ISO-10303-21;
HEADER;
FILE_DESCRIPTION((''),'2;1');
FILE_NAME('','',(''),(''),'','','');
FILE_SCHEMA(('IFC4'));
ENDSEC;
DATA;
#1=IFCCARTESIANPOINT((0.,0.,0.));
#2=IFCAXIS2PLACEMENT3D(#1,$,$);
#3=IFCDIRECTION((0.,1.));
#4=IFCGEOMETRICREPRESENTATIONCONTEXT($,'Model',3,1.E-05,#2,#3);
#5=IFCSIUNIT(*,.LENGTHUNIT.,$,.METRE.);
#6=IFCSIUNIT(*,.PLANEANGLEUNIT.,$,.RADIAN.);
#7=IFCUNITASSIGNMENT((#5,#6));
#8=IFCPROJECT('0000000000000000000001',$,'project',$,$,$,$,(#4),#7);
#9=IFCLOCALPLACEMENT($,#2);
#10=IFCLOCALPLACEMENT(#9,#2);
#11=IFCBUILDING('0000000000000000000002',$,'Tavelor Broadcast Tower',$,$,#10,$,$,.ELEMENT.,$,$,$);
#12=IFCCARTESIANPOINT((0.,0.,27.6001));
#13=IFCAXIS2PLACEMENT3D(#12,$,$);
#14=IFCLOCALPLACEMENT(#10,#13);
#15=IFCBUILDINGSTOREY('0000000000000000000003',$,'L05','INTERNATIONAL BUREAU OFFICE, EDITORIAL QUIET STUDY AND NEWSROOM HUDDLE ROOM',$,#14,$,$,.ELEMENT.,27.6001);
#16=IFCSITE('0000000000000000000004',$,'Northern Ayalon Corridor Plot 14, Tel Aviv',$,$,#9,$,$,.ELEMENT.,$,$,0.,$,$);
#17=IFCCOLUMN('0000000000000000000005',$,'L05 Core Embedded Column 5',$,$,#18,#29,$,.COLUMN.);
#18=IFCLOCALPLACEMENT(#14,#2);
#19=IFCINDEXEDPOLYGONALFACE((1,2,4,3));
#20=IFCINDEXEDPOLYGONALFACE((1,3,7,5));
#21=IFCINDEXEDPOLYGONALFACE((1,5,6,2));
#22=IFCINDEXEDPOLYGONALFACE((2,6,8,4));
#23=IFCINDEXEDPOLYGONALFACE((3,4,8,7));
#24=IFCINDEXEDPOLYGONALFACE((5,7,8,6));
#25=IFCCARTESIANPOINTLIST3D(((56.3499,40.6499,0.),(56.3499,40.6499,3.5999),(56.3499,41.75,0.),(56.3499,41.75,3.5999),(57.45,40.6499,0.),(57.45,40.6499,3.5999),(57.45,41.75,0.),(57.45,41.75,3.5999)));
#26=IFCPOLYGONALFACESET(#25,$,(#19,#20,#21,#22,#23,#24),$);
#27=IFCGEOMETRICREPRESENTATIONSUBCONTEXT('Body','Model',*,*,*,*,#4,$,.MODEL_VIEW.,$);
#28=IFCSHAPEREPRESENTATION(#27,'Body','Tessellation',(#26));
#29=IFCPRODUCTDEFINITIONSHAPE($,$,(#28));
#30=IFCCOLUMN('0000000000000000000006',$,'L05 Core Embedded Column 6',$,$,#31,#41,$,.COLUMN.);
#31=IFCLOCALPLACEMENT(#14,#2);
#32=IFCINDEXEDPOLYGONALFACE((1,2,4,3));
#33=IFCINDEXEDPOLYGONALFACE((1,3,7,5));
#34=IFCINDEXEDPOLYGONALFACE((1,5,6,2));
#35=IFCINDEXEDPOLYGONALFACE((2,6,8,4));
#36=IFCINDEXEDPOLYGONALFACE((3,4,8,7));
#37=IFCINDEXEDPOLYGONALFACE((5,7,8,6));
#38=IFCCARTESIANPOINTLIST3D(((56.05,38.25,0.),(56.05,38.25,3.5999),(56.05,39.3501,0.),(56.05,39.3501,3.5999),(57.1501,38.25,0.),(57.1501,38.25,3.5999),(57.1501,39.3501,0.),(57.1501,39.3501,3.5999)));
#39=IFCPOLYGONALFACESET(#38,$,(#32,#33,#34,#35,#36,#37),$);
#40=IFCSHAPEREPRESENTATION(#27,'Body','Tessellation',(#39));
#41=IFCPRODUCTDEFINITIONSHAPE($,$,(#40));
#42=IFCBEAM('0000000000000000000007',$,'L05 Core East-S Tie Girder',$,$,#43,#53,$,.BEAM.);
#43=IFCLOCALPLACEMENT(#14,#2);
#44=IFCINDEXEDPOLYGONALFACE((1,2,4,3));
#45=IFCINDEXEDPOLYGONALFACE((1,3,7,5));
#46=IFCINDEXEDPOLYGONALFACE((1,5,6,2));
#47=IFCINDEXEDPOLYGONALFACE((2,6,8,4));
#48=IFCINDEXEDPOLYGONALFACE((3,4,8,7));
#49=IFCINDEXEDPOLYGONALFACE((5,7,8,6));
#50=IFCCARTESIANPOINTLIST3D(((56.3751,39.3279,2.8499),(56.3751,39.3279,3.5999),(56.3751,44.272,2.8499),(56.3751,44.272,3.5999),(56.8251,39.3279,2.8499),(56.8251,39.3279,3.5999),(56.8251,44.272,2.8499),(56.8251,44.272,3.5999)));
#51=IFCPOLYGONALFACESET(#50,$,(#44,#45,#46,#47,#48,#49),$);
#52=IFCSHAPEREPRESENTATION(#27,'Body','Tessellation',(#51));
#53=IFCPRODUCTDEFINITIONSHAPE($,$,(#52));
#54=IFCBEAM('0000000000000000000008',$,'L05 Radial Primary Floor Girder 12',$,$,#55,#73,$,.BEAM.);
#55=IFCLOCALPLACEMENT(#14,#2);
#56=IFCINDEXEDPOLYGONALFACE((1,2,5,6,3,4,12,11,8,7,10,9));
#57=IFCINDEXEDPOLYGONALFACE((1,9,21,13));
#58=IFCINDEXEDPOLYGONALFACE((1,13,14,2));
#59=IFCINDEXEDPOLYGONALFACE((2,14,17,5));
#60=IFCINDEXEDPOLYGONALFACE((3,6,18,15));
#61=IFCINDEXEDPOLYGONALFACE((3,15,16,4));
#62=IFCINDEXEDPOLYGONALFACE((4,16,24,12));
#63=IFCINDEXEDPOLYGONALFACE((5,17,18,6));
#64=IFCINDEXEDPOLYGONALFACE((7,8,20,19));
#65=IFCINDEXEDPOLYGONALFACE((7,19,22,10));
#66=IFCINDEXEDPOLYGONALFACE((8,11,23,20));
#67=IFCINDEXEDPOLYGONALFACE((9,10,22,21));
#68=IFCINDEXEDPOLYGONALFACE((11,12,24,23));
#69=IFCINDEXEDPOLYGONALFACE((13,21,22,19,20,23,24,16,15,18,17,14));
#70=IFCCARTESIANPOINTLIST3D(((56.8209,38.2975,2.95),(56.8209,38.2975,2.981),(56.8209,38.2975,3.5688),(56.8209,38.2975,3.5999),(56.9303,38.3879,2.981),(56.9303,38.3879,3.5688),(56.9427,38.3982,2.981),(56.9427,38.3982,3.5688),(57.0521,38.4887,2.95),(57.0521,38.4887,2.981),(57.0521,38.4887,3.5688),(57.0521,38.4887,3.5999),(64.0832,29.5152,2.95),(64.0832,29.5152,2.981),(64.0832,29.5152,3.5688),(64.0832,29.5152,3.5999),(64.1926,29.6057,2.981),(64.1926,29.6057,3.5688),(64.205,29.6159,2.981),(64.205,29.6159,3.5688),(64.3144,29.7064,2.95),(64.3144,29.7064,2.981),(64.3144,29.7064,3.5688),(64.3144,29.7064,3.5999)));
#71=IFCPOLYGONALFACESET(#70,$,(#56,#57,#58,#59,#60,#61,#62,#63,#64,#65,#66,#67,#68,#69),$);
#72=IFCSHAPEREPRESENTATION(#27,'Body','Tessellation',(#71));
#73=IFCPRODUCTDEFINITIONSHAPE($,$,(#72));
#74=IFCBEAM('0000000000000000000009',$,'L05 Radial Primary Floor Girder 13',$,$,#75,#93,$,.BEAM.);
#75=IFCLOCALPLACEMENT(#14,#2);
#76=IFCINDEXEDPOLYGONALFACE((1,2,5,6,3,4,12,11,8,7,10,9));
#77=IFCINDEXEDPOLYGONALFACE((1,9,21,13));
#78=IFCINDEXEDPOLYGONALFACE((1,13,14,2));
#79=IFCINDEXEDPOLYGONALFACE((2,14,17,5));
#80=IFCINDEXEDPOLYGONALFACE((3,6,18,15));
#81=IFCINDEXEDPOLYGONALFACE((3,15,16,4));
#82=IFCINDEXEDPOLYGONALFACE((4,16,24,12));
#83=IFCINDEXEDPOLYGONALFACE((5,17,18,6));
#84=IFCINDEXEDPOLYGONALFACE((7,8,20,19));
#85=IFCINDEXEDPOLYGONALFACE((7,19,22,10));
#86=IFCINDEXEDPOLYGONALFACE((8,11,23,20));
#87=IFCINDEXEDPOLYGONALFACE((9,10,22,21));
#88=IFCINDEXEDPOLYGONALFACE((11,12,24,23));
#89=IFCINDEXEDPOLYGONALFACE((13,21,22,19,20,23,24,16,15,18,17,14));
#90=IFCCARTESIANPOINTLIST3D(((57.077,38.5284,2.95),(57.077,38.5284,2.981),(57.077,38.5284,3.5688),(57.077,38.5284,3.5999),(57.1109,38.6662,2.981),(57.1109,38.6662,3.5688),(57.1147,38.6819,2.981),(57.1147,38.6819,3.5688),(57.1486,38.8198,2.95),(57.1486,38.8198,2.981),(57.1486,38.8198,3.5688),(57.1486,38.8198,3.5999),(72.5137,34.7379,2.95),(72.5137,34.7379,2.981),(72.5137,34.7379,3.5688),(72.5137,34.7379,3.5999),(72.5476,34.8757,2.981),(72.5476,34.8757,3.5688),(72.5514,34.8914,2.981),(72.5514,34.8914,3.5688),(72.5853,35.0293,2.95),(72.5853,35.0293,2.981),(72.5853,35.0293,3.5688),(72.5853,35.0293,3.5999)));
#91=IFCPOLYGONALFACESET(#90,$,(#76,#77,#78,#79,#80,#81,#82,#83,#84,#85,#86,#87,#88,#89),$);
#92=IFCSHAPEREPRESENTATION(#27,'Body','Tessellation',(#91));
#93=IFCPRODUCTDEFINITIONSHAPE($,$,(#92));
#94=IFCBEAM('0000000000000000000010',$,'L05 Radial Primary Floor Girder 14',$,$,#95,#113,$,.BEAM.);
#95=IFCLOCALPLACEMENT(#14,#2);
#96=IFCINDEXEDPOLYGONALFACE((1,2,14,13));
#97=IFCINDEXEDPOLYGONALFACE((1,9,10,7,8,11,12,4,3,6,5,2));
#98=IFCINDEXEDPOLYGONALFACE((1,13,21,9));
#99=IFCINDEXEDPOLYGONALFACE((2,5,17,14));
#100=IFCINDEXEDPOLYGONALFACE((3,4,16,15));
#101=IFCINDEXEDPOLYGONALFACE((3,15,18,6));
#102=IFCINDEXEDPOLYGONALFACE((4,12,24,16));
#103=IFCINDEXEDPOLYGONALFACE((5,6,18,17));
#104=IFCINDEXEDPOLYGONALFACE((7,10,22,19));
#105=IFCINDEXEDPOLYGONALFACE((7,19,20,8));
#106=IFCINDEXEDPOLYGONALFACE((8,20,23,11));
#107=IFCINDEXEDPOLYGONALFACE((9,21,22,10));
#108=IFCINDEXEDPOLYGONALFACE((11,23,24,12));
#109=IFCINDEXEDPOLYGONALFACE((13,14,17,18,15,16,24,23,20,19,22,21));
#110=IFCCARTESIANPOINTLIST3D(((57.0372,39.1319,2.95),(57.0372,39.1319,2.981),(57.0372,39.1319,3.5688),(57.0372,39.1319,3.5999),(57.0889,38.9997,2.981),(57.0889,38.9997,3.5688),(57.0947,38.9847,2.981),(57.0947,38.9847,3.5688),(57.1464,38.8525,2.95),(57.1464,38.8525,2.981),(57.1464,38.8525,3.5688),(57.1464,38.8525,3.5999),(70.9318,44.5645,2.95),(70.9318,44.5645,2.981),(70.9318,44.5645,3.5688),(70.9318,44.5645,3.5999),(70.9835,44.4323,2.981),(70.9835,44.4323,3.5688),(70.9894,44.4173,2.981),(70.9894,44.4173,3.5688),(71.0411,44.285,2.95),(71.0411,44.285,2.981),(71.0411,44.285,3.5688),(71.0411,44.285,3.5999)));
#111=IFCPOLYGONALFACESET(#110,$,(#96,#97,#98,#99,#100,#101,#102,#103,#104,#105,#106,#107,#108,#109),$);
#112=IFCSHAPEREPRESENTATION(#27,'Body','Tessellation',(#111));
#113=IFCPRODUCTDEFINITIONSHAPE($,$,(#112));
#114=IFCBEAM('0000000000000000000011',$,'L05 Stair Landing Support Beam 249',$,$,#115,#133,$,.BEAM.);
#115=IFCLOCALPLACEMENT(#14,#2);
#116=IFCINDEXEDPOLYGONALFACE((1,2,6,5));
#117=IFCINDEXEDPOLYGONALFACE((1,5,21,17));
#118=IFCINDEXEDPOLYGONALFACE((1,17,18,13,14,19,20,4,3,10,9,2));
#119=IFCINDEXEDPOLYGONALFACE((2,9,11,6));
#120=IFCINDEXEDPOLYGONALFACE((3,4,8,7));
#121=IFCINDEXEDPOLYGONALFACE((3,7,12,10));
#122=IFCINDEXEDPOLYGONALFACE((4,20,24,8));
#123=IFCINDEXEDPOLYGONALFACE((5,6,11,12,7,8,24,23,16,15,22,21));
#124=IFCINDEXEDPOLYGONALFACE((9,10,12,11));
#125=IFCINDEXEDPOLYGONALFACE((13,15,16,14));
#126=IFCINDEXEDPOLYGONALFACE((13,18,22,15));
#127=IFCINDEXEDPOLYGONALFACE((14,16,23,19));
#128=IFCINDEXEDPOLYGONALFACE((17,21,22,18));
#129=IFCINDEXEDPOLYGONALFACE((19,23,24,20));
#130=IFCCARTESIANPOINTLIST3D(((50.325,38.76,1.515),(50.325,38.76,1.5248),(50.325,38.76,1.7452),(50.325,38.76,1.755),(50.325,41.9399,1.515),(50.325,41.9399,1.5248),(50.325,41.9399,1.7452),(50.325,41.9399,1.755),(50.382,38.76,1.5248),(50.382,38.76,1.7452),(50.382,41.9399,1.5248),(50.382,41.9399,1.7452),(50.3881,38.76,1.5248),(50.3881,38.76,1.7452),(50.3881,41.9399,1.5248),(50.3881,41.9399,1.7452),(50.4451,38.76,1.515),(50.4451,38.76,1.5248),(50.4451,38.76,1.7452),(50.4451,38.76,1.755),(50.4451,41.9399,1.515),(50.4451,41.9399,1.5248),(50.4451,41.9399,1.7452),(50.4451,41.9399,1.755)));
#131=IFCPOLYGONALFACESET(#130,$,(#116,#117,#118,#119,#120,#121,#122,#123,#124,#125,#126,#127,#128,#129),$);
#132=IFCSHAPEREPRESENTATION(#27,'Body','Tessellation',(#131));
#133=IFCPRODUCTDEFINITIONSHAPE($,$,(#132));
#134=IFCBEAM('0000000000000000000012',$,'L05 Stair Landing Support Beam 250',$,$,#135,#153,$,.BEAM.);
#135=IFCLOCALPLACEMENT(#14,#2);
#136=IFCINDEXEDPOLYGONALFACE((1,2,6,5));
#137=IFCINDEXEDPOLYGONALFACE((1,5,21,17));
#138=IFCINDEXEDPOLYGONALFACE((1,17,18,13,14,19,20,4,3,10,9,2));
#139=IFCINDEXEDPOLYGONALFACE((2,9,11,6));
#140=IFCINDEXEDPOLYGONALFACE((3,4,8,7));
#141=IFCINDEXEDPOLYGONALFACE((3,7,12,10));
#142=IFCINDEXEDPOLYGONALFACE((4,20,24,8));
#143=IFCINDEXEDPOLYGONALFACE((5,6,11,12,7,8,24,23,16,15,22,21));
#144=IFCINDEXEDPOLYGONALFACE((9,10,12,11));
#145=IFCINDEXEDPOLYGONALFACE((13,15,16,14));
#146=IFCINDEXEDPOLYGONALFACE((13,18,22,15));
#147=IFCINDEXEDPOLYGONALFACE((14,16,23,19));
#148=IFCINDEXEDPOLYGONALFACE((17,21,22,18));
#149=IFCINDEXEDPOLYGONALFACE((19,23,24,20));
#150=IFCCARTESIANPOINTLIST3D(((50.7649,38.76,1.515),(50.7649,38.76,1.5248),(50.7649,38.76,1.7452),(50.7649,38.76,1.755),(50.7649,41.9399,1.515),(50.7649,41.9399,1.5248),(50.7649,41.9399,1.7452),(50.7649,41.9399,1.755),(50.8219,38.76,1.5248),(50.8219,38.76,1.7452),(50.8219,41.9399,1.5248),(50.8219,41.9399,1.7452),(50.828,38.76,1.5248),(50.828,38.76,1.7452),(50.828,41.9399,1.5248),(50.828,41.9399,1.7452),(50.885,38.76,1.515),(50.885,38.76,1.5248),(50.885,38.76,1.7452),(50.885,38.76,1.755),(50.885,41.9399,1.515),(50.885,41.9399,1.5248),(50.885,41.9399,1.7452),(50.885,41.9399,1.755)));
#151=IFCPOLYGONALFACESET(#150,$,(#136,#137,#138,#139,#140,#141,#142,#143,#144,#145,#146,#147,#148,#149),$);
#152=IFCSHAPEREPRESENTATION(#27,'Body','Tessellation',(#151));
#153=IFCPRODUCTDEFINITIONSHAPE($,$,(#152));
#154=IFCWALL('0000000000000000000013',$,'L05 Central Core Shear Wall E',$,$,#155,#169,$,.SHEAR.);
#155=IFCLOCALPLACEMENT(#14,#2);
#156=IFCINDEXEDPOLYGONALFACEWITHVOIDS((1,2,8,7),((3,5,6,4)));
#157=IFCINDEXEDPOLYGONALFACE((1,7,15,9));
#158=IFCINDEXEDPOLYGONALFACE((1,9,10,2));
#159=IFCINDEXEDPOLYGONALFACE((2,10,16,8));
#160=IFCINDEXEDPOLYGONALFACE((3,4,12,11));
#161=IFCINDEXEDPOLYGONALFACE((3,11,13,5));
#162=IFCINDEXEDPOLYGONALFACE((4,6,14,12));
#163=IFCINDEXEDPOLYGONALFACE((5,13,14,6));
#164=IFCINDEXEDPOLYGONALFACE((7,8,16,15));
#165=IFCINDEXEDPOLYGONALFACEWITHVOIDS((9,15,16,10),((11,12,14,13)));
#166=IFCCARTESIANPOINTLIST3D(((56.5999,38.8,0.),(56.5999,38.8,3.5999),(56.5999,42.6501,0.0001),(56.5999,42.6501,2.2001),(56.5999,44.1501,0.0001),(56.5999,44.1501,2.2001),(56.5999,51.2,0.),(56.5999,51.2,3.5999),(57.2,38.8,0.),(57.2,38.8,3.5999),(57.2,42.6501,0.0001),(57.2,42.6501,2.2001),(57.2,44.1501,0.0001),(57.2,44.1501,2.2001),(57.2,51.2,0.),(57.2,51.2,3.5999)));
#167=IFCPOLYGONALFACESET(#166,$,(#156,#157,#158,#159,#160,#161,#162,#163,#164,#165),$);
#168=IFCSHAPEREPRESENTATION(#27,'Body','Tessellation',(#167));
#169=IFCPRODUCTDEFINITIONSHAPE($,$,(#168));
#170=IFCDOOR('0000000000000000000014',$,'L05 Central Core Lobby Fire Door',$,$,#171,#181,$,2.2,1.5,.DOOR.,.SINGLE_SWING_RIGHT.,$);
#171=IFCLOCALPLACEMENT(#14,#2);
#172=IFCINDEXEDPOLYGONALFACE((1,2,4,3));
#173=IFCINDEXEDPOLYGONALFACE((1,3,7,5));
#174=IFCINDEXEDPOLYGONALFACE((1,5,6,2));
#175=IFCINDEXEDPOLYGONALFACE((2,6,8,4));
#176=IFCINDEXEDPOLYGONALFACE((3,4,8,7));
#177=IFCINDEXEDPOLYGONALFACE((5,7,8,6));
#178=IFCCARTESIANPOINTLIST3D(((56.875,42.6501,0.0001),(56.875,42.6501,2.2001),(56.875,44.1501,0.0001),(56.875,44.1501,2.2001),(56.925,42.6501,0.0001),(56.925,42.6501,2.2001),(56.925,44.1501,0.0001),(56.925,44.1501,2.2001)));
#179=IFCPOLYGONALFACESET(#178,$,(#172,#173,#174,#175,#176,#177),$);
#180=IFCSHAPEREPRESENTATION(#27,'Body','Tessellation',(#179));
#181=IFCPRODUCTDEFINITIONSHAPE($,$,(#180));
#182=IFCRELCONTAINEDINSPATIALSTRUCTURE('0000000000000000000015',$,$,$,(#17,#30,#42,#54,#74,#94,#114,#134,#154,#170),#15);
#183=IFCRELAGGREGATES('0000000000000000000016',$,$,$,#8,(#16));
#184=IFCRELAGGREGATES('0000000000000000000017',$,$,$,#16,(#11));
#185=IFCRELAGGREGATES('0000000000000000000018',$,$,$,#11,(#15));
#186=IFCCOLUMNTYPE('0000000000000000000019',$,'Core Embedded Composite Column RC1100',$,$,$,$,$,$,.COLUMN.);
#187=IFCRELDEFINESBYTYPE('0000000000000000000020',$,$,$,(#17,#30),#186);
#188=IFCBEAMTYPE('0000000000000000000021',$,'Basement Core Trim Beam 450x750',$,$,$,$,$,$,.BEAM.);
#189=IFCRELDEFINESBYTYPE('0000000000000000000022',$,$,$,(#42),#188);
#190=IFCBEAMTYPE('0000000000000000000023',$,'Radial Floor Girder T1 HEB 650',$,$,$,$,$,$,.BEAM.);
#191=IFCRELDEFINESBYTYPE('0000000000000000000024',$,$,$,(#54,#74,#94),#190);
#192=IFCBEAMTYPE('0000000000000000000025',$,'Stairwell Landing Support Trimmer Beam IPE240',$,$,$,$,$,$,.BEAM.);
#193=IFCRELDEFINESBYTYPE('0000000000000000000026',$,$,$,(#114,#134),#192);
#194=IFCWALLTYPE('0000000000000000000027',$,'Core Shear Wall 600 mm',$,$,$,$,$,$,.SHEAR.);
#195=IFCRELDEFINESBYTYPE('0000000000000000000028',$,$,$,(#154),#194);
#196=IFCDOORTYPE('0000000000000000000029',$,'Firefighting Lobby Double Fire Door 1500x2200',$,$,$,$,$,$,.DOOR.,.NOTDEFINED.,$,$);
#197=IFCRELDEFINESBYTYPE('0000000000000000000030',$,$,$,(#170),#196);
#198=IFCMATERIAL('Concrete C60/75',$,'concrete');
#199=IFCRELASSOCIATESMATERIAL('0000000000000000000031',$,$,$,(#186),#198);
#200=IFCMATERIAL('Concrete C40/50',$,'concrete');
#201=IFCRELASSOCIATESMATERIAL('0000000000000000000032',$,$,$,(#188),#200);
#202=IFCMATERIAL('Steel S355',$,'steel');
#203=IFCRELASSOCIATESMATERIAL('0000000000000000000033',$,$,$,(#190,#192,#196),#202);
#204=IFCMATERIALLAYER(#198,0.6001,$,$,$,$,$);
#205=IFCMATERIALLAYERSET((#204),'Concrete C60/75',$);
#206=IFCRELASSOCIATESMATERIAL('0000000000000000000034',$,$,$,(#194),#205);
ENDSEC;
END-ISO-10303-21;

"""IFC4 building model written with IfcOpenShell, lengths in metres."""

from ifc_helpers import new_model, si_unit, direction, frame, frame_2d, origin, origin_2d, place, context, subcontext, project, spatial, rectangle, i_section, extrude, material, layer, layer_set, material_profile, profile_set, type_object, element, fill, save


model = new_model("IFC4")

# Units and contexts
model_context = context("Model", 3, precision=1e-05, world=origin(), true_north=direction((0.0, 1.0)))
body_context = subcontext(model_context, "Body", "Model", "MODEL_VIEW")
ifc_project = project(units=[si_unit("LENGTHUNIT", "METRE"), si_unit("PLANEANGLEUNIT", "RADIAN")], contexts=[model_context])

# Site, building, storey
site_placement = place(None, origin())
site = spatial("IfcSite", under=ifc_project, at=site_placement, Name="Northern Ayalon Corridor Plot 14, Tel Aviv", CompositionType="ELEMENT", RefElevation=0.0)
building_placement = place(site_placement, origin())
building = spatial("IfcBuilding", under=site, at=building_placement, Name="Tavelor Broadcast Tower", CompositionType="ELEMENT")
storey_placement = place(building_placement, frame((0.0, 0.0, 27.6001)))
storey = spatial("IfcBuildingStorey", under=building, at=storey_placement, Name="L05", Description="INTERNATIONAL BUREAU OFFICE, EDITORIAL QUIET STUDY AND NEWSROOM HUDDLE ROOM", CompositionType="ELEMENT", Elevation=27.6001)

# Columns
ifc_material_1 = material(Name="Concrete C60/75", Category="concrete")
ifc_material_profile_1 = material_profile(ifc_material_1, rectangle(XDim=1.1001, YDim=1.1001, at=origin_2d()), Name="RC 1100x1100")
ifc_profile_set_1 = profile_set([ifc_material_profile_1], Name="Concrete C60/75")
column_type = type_object("IfcColumnType", Name="Core Embedded Composite Column RC1100", PredefinedType="COLUMN", material=ifc_profile_set_1)
for number, where, z_axis, x_axis, name in (
    (1, (56.8999, 41.2, 0.0), (0.0, 0.0, 1.0), (1.0, 0.0, 0.0), "L05 Core Embedded Column 5"),
    (2, (56.6001, 38.8, 0.0), (0.0, 0.0, 1.0), (1.0, 0.0, 0.0), "L05 Core Embedded Column 6"),
):
    element("IfcColumn", number, at=place(storey_placement, frame(where, z_axis=z_axis, x_axis=x_axis)), inside=storey, type_object=column_type, Name=name, PredefinedType="COLUMN", context=body_context, shape_type="SweptSolid", body=[
        extrude(rectangle(XDim=1.1001, YDim=1.1001, at=origin_2d()), origin(), (0.0, 0.0, 1.0), 3.5999),
    ])

# Beams
ifc_material_2 = material(Name="Concrete C40/50", Category="concrete")
ifc_material_profile_2 = material_profile(ifc_material_2, rectangle(XDim=0.45, YDim=0.75, at=origin_2d()), Name="RC 450x750")
ifc_profile_set_2 = profile_set([ifc_material_profile_2], Name="Concrete C40/50")
beam_type_1 = type_object("IfcBeamType", Name="Basement Core Trim Beam 450x750", PredefinedType="BEAM", material=ifc_profile_set_2)
beam_1_placement = place(storey_placement, frame((56.6001, 39.3279, 3.2249), z_axis=(0.0, 1.0, 0.0), x_axis=(-1.0, 0.0, 0.0)))
element("IfcBeam", 3, at=beam_1_placement, inside=storey, type_object=beam_type_1, Name="L05 Core East-S Tie Girder", PredefinedType="BEAM", context=body_context, shape_type="SweptSolid", body=[
    extrude(rectangle(XDim=0.45, YDim=0.75, at=origin_2d()), origin(), (0.0, 0.0, 1.0), 4.9441),
])
ifc_material_3 = material(Name="Steel S355", Category="steel")
ifc_material_profile_3 = material_profile(ifc_material_3, i_section(OverallWidth=0.3, OverallDepth=0.6499, WebThickness=0.0161, FlangeThickness=0.031, at=origin_2d()), Name="HEB 650")
ifc_profile_set_3 = profile_set([ifc_material_profile_3], Name="Steel S355")
beam_type_2 = type_object("IfcBeamType", Name="Radial Floor Girder T1 HEB 650", PredefinedType="BEAM", material=ifc_profile_set_3)
beam_2_placement = place(storey_placement, frame((56.9365, 38.3931, 3.2749), z_axis=(0.637263, -0.770646, 0.0), x_axis=(0.770646, 0.637263, 0.0)))
element("IfcBeam", 4, at=beam_2_placement, inside=storey, type_object=beam_type_2, Name="L05 Radial Primary Floor Girder 12", PredefinedType="BEAM", context=body_context, shape_type="SweptSolid", body=[
    extrude(i_section(OverallWidth=0.3, OverallDepth=0.6499, WebThickness=0.0161, FlangeThickness=0.031, at=origin_2d()), origin(), (0.0, 0.0, 1.0), 11.396),
])
beam_3_placement = place(storey_placement, frame((57.1128, 38.6741, 3.2749), z_axis=(0.97115, -0.238468, 0.0), x_axis=(0.238468, 0.97115, 0.0)))
element("IfcBeam", 5, at=beam_3_placement, inside=storey, type_object=beam_type_2, Name="L05 Radial Primary Floor Girder 13", PredefinedType="BEAM", context=body_context, shape_type="SweptSolid", body=[
    extrude(i_section(OverallWidth=0.3, OverallDepth=0.6499, WebThickness=0.0161, FlangeThickness=0.031, at=origin_2d()), origin(), (0.0, 0.0, 1.0), 15.8953),
])
beam_4_placement = place(storey_placement, frame((57.0918, 38.9922, 3.2749), z_axis=(0.931344, 0.36414, 0.0), x_axis=(-0.36414, 0.931344, 0.0)))
element("IfcBeam", 6, at=beam_4_placement, inside=storey, type_object=beam_type_2, Name="L05 Radial Primary Floor Girder 14", PredefinedType="BEAM", context=body_context, shape_type="SweptSolid", body=[
    extrude(i_section(OverallWidth=0.3, OverallDepth=0.6499, WebThickness=0.0161, FlangeThickness=0.031, at=origin_2d()), origin(), (0.0, 0.0, 1.0), 14.9189),
])
ifc_material_profile_4 = material_profile(ifc_material_3, i_section(OverallWidth=0.1201, OverallDepth=0.24, WebThickness=0.0061, FlangeThickness=0.0098, at=origin_2d()), Name="IPE 240")
ifc_profile_set_4 = profile_set([ifc_material_profile_4], Name="Steel S355")
beam_type_3 = type_object("IfcBeamType", Name="Stairwell Landing Support Trimmer Beam IPE240", PredefinedType="BEAM", material=ifc_profile_set_4)
for number, where, z_axis, x_axis, name in (
    (7, (50.385, 38.76, 1.635), (0.0, 1.0, 0.0), (-1.0, 0.0, 0.0), "L05 Stair Landing Support Beam 249"),
    (8, (50.825, 38.76, 1.635), (0.0, 1.0, 0.0), (-1.0, 0.0, 0.0), "L05 Stair Landing Support Beam 250"),
):
    element("IfcBeam", number, at=place(storey_placement, frame(where, z_axis=z_axis, x_axis=x_axis)), inside=storey, type_object=beam_type_3, Name=name, PredefinedType="BEAM", context=body_context, shape_type="SweptSolid", body=[
        extrude(i_section(OverallWidth=0.1201, OverallDepth=0.24, WebThickness=0.0061, FlangeThickness=0.0098, at=origin_2d()), origin(), (0.0, 0.0, 1.0), 3.1799),
    ])

# Wall, opening, door
ifc_layer_1 = layer(ifc_material_1, 0.6001)
ifc_layer_set_1 = layer_set([ifc_layer_1], Name="Concrete C60/75")
wall_type_1 = type_object("IfcWallType", Name="Core Shear Wall 600 mm", PredefinedType="SHEAR", material=ifc_layer_set_1)
wall_1_placement = place(storey_placement, frame((56.8999, 38.8, 0.0), z_axis=(0.0, 0.0, 1.0), x_axis=(0.0, 1.0, 0.0)))
wall_1 = element("IfcWall", 9, at=wall_1_placement, inside=storey, type_object=wall_type_1, Name="L05 Central Core Shear Wall E", PredefinedType="SHEAR", context=body_context, shape_type="SweptSolid", body=[
    extrude(rectangle(XDim=12.3999, YDim=0.6001, at=frame_2d((6.2, 0.0))), origin(), (0.0, 0.0, 1.0), 3.5999),
])
opening_1_placement = place(wall_1_placement, frame((3.8501, 0.0, 0.0)))
opening_1 = element("IfcOpeningElement", 10, at=opening_1_placement, cuts=wall_1, PredefinedType="OPENING", context=body_context, shape_type="SweptSolid", body=[
    extrude(rectangle(XDim=1.5, YDim=2.2, at=frame_2d((0.75, 1.1001))), frame((0.0, 0.3101, 0.0), z_axis=(0.0, -1.0, 0.0), x_axis=(1.0, 0.0, 0.0)), (0.0, 0.0, 1.0), 0.6201),
])
door_type_1 = type_object("IfcDoorType", Name="Firefighting Lobby Double Fire Door 1500x2200", OperationType="NOTDEFINED", PredefinedType="DOOR", material=ifc_material_3)
door_1_placement = place(opening_1_placement, origin())
door_1 = element("IfcDoor", 11, at=door_1_placement, inside=storey, type_object=door_type_1, Name="L05 Central Core Lobby Fire Door", OperationType="SINGLE_SWING_RIGHT", OverallHeight=2.2, OverallWidth=1.5, PredefinedType="DOOR", context=body_context, shape_type="SweptSolid", body=[
    extrude(rectangle(XDim=1.5, YDim=2.2, at=frame_2d((0.75, 1.1001))), frame((0.0, 0.0249, 0.0), z_axis=(0.0, -1.0, 0.0), x_axis=(1.0, 0.0, 0.0)), (0.0, 0.0, 1.0), 0.05),
])
fill(opening_1, door_1)

save(model, "model.ifc")
